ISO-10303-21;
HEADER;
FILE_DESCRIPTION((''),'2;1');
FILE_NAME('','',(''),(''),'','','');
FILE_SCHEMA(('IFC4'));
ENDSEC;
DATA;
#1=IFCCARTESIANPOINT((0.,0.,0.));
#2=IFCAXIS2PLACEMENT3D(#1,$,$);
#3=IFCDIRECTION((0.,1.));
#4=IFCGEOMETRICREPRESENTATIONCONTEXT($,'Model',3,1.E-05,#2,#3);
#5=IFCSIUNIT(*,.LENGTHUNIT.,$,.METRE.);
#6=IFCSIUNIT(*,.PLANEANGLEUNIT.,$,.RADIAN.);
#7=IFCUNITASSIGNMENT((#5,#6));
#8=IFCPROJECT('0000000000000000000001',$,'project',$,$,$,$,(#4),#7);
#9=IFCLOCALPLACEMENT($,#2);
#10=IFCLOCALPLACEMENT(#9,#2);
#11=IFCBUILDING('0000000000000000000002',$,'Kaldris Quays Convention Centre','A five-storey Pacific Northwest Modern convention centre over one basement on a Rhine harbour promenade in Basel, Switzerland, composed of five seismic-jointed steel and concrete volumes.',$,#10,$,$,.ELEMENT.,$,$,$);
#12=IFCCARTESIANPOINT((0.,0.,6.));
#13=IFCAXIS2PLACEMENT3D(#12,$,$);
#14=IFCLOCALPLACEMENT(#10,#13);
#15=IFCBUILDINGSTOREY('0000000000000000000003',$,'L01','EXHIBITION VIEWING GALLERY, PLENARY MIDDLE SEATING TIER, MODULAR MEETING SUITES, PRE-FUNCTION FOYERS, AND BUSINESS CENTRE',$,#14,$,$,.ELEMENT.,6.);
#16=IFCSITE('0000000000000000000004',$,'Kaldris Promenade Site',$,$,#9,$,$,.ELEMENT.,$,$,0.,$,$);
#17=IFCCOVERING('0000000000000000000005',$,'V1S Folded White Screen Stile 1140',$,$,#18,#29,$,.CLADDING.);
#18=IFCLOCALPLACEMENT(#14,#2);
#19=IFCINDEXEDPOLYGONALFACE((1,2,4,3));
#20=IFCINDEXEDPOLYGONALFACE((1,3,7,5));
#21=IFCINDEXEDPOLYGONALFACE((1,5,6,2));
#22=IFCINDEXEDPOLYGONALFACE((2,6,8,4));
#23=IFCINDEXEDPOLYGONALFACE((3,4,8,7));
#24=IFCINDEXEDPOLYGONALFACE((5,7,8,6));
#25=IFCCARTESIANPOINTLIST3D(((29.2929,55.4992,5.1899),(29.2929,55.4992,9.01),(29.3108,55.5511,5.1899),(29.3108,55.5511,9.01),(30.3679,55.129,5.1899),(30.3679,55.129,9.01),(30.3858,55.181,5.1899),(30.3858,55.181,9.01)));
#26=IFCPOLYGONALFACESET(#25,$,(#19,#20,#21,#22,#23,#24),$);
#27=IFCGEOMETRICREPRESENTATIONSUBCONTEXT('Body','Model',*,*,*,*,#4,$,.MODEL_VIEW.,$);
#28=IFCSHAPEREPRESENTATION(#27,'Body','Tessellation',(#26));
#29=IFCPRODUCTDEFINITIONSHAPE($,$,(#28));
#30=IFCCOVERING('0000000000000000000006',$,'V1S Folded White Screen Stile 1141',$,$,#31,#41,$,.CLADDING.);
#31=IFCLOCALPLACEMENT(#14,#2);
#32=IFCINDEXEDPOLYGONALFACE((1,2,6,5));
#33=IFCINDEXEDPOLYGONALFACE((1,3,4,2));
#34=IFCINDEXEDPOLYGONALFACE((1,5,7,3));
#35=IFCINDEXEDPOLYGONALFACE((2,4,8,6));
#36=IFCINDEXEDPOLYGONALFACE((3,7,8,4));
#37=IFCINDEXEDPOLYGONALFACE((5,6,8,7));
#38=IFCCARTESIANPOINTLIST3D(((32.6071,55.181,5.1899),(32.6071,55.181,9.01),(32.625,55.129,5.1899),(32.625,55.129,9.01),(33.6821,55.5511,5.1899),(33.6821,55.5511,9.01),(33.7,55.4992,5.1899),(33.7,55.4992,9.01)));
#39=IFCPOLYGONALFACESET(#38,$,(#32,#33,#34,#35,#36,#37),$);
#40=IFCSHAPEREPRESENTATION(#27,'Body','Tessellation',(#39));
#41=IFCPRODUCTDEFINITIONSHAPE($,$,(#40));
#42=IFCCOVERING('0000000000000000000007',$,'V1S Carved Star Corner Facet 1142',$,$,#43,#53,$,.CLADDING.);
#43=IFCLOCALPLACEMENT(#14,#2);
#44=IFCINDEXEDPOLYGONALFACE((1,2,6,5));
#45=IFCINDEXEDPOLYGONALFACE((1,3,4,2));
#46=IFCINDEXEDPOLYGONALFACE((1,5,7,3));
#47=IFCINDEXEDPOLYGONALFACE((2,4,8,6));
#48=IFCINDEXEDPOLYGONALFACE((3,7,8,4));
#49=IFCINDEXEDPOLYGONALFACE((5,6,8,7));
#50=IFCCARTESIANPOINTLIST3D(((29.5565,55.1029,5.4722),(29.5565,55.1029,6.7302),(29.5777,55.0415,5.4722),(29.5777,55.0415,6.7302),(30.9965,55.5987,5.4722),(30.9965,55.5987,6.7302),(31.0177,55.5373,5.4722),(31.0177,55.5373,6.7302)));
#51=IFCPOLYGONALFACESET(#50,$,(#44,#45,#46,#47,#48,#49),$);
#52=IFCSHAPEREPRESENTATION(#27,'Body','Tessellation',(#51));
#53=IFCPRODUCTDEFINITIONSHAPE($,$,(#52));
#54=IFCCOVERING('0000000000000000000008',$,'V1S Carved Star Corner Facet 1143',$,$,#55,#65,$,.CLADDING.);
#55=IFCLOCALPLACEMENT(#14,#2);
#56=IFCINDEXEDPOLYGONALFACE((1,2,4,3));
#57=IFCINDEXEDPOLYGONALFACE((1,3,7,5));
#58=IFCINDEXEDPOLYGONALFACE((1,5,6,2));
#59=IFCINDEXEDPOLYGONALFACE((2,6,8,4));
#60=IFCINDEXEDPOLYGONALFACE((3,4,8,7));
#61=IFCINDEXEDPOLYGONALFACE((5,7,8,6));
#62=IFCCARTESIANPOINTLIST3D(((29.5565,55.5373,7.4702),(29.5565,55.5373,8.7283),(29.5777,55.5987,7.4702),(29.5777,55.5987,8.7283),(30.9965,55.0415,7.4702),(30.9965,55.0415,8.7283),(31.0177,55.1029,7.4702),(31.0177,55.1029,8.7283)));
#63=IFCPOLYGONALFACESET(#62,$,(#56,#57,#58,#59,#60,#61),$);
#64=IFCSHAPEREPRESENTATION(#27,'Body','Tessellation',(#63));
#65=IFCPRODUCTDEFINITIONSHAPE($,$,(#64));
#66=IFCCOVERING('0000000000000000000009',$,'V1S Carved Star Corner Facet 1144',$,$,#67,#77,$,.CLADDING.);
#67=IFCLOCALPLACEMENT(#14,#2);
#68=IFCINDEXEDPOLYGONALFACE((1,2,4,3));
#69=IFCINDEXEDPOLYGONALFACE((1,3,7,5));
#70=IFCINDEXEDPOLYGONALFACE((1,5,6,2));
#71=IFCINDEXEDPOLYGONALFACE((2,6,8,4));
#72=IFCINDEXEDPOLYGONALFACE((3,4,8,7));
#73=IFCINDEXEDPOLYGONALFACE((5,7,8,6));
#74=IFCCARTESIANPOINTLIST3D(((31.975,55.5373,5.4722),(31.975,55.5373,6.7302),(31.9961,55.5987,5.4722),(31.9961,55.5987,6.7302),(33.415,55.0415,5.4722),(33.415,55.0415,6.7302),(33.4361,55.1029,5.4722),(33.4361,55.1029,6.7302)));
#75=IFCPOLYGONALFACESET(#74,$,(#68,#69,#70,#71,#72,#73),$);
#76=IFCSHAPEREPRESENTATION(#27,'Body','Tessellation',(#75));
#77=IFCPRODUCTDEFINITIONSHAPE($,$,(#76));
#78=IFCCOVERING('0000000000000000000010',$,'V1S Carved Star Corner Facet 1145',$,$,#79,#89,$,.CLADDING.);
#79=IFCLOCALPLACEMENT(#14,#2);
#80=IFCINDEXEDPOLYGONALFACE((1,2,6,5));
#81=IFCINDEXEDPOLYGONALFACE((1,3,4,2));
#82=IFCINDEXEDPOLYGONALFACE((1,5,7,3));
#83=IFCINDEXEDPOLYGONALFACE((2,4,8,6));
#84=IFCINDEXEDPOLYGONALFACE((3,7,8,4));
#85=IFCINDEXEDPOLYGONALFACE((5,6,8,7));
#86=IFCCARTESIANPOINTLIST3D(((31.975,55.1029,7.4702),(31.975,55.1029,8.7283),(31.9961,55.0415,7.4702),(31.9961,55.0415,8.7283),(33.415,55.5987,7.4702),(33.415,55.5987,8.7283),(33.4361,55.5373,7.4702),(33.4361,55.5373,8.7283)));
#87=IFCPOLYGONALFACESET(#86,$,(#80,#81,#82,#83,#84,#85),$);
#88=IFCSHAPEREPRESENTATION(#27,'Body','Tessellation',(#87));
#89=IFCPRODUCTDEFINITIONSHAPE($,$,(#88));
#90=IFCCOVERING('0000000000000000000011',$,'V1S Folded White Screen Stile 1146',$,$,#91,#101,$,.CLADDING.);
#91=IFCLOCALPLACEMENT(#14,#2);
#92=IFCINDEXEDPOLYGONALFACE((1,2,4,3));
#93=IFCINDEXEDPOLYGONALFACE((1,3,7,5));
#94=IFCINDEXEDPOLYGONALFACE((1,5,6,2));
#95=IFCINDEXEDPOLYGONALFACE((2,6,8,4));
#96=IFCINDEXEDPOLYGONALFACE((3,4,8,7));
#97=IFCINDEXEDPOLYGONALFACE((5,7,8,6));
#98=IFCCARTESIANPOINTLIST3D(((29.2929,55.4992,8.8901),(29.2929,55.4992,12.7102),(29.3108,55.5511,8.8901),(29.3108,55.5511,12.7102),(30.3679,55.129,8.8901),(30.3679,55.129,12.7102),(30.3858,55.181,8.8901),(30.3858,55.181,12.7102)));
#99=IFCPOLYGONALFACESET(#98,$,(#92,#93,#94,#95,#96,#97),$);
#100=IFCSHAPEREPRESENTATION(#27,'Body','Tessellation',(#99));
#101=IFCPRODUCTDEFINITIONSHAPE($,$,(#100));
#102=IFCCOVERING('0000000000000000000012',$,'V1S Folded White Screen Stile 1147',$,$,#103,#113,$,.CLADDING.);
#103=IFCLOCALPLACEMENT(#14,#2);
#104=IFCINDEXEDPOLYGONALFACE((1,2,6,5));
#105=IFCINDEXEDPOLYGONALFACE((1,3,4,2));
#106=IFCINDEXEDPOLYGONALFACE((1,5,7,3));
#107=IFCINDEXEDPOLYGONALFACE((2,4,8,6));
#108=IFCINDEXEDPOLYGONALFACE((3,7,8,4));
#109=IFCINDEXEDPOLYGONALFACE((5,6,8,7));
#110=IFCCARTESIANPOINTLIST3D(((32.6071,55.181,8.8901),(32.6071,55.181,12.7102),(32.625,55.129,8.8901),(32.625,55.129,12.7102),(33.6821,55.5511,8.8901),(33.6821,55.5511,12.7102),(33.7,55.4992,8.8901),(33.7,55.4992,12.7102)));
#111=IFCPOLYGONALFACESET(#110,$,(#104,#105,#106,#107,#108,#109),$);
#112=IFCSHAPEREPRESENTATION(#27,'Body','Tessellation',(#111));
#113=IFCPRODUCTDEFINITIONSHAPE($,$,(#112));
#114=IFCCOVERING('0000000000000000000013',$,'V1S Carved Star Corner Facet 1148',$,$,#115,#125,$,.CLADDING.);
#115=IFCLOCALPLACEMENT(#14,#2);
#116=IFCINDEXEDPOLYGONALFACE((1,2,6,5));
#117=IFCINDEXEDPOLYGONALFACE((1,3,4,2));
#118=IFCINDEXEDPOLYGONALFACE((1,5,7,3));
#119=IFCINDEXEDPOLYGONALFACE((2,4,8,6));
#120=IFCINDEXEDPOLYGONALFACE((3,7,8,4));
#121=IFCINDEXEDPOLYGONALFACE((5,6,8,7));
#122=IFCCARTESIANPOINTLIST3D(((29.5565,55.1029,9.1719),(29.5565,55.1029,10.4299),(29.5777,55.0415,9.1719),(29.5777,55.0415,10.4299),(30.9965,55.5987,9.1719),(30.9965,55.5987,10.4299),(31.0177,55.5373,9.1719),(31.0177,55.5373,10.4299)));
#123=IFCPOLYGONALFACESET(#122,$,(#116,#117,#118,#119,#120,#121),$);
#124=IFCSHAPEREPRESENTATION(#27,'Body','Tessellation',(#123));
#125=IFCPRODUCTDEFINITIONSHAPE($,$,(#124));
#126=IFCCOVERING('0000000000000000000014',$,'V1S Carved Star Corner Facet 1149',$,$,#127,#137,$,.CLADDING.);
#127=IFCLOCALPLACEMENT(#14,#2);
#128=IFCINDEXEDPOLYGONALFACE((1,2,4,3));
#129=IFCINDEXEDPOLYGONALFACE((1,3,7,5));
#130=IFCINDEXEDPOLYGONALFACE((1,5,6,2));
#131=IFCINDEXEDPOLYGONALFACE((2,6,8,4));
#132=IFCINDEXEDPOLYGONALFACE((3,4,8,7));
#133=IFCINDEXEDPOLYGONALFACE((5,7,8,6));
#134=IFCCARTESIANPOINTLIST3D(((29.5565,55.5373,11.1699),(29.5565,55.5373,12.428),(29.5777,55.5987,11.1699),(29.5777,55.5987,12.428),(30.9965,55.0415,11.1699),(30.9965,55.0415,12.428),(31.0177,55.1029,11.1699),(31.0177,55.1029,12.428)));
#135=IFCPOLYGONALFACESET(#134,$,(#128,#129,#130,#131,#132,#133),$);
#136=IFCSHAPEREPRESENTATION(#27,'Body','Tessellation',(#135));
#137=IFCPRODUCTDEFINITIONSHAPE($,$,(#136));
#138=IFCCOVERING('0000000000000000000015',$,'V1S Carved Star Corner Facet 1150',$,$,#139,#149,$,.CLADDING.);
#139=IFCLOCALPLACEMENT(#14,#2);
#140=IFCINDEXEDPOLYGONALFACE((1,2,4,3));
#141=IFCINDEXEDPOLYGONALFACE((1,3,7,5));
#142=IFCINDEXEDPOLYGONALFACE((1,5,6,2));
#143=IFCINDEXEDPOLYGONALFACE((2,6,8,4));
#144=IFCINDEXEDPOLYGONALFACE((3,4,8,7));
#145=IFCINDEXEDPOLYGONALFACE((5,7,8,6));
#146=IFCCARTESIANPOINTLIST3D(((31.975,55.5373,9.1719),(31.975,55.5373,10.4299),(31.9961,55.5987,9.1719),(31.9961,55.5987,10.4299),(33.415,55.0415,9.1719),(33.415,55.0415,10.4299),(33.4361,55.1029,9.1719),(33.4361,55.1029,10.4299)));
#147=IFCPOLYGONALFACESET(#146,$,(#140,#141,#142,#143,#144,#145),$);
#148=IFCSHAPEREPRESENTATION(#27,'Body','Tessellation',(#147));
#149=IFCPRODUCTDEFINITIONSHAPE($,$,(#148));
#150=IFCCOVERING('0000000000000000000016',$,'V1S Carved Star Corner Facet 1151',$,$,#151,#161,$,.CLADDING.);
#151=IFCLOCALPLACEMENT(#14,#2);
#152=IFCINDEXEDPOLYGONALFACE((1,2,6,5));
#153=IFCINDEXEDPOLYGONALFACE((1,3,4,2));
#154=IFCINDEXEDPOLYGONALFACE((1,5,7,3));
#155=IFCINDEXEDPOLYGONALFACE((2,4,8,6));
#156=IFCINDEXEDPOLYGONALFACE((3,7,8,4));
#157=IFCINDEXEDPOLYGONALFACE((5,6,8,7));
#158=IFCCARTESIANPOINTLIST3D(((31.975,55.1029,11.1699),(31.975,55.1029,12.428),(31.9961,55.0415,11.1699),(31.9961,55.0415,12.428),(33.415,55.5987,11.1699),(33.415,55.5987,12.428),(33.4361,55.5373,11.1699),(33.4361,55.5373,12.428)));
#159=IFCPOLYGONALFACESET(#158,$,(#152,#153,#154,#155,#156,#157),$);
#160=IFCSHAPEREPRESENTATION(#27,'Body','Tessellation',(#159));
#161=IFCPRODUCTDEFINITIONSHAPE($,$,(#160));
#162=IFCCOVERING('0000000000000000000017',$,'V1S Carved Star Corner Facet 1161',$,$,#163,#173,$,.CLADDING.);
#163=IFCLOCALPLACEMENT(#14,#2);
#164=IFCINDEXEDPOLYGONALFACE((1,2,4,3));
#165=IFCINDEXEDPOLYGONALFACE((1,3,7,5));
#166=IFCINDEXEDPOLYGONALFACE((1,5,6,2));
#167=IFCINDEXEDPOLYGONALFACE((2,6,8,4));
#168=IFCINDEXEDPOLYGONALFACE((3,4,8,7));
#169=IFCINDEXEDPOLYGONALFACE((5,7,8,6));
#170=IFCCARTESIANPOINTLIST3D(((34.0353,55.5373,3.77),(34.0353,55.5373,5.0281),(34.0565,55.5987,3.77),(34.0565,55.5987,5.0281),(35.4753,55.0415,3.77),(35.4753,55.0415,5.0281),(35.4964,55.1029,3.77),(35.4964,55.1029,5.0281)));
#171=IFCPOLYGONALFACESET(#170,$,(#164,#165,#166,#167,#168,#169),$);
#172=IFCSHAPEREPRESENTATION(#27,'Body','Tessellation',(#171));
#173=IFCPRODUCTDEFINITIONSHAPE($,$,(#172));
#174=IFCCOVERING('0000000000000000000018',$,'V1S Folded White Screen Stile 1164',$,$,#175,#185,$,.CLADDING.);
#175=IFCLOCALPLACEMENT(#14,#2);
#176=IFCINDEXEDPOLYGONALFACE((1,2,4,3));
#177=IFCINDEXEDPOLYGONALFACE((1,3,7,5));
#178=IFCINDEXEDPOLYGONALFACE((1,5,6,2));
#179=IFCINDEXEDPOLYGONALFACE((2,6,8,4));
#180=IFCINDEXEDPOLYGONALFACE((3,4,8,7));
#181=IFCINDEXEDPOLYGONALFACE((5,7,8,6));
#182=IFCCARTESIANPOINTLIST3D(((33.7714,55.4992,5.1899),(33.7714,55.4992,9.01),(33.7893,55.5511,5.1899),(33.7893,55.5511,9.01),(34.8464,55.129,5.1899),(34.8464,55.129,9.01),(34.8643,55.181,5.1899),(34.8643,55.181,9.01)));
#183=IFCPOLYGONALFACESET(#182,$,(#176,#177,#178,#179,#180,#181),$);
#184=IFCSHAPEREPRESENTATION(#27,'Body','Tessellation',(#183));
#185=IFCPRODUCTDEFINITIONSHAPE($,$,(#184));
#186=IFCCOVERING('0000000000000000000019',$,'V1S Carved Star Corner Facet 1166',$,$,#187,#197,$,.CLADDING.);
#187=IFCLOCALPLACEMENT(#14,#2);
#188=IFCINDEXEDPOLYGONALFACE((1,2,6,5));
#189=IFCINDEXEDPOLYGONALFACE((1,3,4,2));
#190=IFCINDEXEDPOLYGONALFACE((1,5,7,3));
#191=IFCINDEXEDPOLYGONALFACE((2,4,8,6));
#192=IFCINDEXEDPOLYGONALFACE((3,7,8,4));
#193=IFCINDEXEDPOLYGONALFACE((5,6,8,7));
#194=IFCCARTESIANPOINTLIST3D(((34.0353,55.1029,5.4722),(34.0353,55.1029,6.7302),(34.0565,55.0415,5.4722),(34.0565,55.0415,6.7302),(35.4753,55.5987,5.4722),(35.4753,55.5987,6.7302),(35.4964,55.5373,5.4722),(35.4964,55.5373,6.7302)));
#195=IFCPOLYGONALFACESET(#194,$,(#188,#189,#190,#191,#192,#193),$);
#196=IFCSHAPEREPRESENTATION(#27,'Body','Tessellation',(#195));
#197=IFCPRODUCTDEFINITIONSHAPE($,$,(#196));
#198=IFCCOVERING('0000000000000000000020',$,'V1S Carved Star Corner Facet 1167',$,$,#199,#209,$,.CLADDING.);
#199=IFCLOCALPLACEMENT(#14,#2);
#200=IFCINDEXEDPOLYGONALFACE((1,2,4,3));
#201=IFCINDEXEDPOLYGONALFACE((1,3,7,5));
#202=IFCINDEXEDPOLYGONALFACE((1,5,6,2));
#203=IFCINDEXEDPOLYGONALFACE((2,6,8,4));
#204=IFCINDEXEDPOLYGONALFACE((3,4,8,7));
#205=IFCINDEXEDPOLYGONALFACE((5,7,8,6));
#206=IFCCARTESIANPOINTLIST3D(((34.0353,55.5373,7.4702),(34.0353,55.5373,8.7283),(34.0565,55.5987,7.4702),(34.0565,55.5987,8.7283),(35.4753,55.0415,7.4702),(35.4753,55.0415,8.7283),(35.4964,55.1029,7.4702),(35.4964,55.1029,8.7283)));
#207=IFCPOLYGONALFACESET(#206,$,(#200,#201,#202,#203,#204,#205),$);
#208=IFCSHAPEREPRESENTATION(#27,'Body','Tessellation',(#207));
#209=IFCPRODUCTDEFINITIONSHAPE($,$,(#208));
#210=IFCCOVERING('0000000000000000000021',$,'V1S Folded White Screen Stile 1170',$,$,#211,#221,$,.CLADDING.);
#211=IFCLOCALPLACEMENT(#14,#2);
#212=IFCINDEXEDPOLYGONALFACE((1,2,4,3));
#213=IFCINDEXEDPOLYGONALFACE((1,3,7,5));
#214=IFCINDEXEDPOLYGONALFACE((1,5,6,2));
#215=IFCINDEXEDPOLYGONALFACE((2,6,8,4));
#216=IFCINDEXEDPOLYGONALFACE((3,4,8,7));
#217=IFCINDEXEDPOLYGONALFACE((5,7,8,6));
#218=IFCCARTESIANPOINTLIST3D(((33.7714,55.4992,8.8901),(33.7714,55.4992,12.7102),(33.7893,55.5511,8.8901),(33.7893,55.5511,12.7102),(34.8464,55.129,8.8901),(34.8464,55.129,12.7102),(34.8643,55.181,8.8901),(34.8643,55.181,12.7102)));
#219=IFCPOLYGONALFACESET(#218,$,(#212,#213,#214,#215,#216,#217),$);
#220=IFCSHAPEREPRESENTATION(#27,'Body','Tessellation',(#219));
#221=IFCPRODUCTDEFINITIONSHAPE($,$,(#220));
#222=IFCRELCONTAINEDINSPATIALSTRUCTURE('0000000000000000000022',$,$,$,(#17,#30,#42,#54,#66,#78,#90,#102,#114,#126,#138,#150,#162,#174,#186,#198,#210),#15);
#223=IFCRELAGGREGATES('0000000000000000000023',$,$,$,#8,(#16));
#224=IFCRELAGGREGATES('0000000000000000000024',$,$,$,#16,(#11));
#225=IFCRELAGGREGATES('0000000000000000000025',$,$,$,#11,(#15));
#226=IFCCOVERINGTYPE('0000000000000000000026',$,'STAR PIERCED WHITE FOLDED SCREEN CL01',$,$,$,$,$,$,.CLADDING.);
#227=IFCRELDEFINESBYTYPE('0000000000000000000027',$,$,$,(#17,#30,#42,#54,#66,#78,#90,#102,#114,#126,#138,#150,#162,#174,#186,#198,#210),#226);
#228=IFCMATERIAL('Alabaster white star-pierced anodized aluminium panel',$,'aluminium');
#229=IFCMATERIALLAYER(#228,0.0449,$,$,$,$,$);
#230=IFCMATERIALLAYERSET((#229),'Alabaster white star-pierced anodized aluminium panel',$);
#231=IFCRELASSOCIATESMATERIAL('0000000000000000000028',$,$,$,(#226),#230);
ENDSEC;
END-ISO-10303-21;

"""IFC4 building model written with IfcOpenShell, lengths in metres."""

from ifc_helpers import new_model, si_unit, direction, frame, origin, origin_2d, place, context, subcontext, project, spatial, rectangle, extrude, material, layer, layer_set, type_object, element, save


model = new_model("IFC4")

# Units and contexts
model_context = context("Model", 3, precision=1e-05, world=origin(), true_north=direction((0.0, 1.0)))
body_context = subcontext(model_context, "Body", "Model", "MODEL_VIEW")
ifc_project = project(units=[si_unit("LENGTHUNIT", "METRE"), si_unit("PLANEANGLEUNIT", "RADIAN")], contexts=[model_context])

# Site, building, storey
site_placement = place(None, origin())
site = spatial("IfcSite", under=ifc_project, at=site_placement, Name="Kaldris Promenade Site", CompositionType="ELEMENT", RefElevation=0.0)
building_placement = place(site_placement, origin())
building = spatial("IfcBuilding", under=site, at=building_placement, Name="Kaldris Quays Convention Centre", Description="A five-storey Pacific Northwest Modern convention centre over one basement on a Rhine harbour promenade in Basel, Switzerland, composed of five seismic-jointed steel and concrete volumes.", CompositionType="ELEMENT")
storey_placement = place(building_placement, frame((0.0, 0.0, 6.0)))
storey = spatial("IfcBuildingStorey", under=building, at=storey_placement, Name="L01", Description="EXHIBITION VIEWING GALLERY, PLENARY MIDDLE SEATING TIER, MODULAR MEETING SUITES, PRE-FUNCTION FOYERS, AND BUSINESS CENTRE", CompositionType="ELEMENT", Elevation=6.0)

# Coverings
ifc_material_1 = material(Name="Alabaster white star-pierced anodized aluminium panel", Category="aluminium")
ifc_layer = layer(ifc_material_1, 0.0449)
ifc_layer_set = layer_set([ifc_layer], Name="Alabaster white star-pierced anodized aluminium panel")
covering_type = type_object("IfcCoveringType", Name="STAR PIERCED WHITE FOLDED SCREEN CL01", PredefinedType="CLADDING", material=ifc_layer_set)
for number, where, z_axis, x_axis, name in (
    (1, (29.8394, 55.3401, 5.1899), (0.0, 0.0, 1.0), (0.945519, -0.325568, 0.0), "V1S Folded White Screen Stile 1140"),
    (2, (33.1536, 55.3401, 5.1899), (0.0, 0.0, 1.0), (0.945519, 0.325568, 0.0), "V1S Folded White Screen Stile 1141"),
):
    element("IfcCovering", number, at=place(storey_placement, frame(where, z_axis=z_axis, x_axis=x_axis)), inside=storey, type_object=covering_type, Name=name, PredefinedType="CLADDING", context=body_context, shape_type="SweptSolid", body=[
        extrude(rectangle(XDim=1.137, YDim=0.0549, at=origin_2d()), origin(), (0.0, 0.0, 1.0), 3.8201),
    ])
for number, where, z_axis, x_axis, name in (
    (3, (30.2871, 55.3201, 5.4722), (0.0, 0.0, 1.0), (0.945519, 0.325568, 0.0), "V1S Carved Star Corner Facet 1142"),
    (4, (30.2871, 55.3201, 7.4702), (0.0, 0.0, 1.0), (0.945519, -0.325568, 0.0), "V1S Carved Star Corner Facet 1143"),
    (5, (32.7056, 55.3201, 5.4722), (0.0, 0.0, 1.0), (0.945519, -0.325568, 0.0), "V1S Carved Star Corner Facet 1144"),
    (6, (32.7056, 55.3201, 7.4702), (0.0, 0.0, 1.0), (0.945519, 0.325568, 0.0), "V1S Carved Star Corner Facet 1145"),
):
    element("IfcCovering", number, at=place(storey_placement, frame(where, z_axis=z_axis, x_axis=x_axis)), inside=storey, type_object=covering_type, Name=name, PredefinedType="CLADDING", context=body_context, shape_type="SweptSolid", body=[
        extrude(rectangle(XDim=1.5229, YDim=0.0649, at=origin_2d()), origin(), (0.0, 0.0, 1.0), 1.2581),
    ])
for number, where, z_axis, x_axis, name in (
    (7, (29.8394, 55.3401, 8.8901), (0.0, 0.0, 1.0), (0.945519, -0.325568, 0.0), "V1S Folded White Screen Stile 1146"),
    (8, (33.1536, 55.3401, 8.8901), (0.0, 0.0, 1.0), (0.945519, 0.325568, 0.0), "V1S Folded White Screen Stile 1147"),
):
    element("IfcCovering", number, at=place(storey_placement, frame(where, z_axis=z_axis, x_axis=x_axis)), inside=storey, type_object=covering_type, Name=name, PredefinedType="CLADDING", context=body_context, shape_type="SweptSolid", body=[
        extrude(rectangle(XDim=1.137, YDim=0.0549, at=origin_2d()), origin(), (0.0, 0.0, 1.0), 3.8201),
    ])
for number, where, z_axis, x_axis, name in (
    (9, (30.2871, 55.3201, 9.1719), (0.0, 0.0, 1.0), (0.945519, 0.325568, 0.0), "V1S Carved Star Corner Facet 1148"),
    (10, (30.2871, 55.3201, 11.1699), (0.0, 0.0, 1.0), (0.945519, -0.325568, 0.0), "V1S Carved Star Corner Facet 1149"),
    (11, (32.7056, 55.3201, 9.1719), (0.0, 0.0, 1.0), (0.945519, -0.325568, 0.0), "V1S Carved Star Corner Facet 1150"),
    (12, (32.7056, 55.3201, 11.1699), (0.0, 0.0, 1.0), (0.945519, 0.325568, 0.0), "V1S Carved Star Corner Facet 1151"),
    (13, (34.7659, 55.3201, 3.77), (0.0, 0.0, 1.0), (0.945519, -0.325568, 0.0), "V1S Carved Star Corner Facet 1161"),
):
    element("IfcCovering", number, at=place(storey_placement, frame(where, z_axis=z_axis, x_axis=x_axis)), inside=storey, type_object=covering_type, Name=name, PredefinedType="CLADDING", context=body_context, shape_type="SweptSolid", body=[
        extrude(rectangle(XDim=1.5229, YDim=0.0649, at=origin_2d()), origin(), (0.0, 0.0, 1.0), 1.2581),
    ])
covering_1_placement = place(storey_placement, frame((34.3179, 55.3401, 5.1899), z_axis=(0.0, 0.0, 1.0), x_axis=(0.945519, -0.325568, 0.0)))
element("IfcCovering", 14, at=covering_1_placement, inside=storey, type_object=covering_type, Name="V1S Folded White Screen Stile 1164", PredefinedType="CLADDING", context=body_context, shape_type="SweptSolid", body=[
    extrude(rectangle(XDim=1.137, YDim=0.0549, at=origin_2d()), origin(), (0.0, 0.0, 1.0), 3.8201),
])
for number, where, z_axis, x_axis, name in (
    (15, (34.7659, 55.3201, 5.4722), (0.0, 0.0, 1.0), (0.945519, 0.325568, 0.0), "V1S Carved Star Corner Facet 1166"),
    (16, (34.7659, 55.3201, 7.4702), (0.0, 0.0, 1.0), (0.945519, -0.325568, 0.0), "V1S Carved Star Corner Facet 1167"),
):
    element("IfcCovering", number, at=place(storey_placement, frame(where, z_axis=z_axis, x_axis=x_axis)), inside=storey, type_object=covering_type, Name=name, PredefinedType="CLADDING", context=body_context, shape_type="SweptSolid", body=[
        extrude(rectangle(XDim=1.5229, YDim=0.0649, at=origin_2d()), origin(), (0.0, 0.0, 1.0), 1.2581),
    ])
covering_2_placement = place(storey_placement, frame((34.3179, 55.3401, 8.8901), z_axis=(0.0, 0.0, 1.0), x_axis=(0.945519, -0.325568, 0.0)))
element("IfcCovering", 17, at=covering_2_placement, inside=storey, type_object=covering_type, Name="V1S Folded White Screen Stile 1170", PredefinedType="CLADDING", context=body_context, shape_type="SweptSolid", body=[
    extrude(rectangle(XDim=1.137, YDim=0.0549, at=origin_2d()), origin(), (0.0, 0.0, 1.0), 3.8201),
])

save(model, "model.ifc")
